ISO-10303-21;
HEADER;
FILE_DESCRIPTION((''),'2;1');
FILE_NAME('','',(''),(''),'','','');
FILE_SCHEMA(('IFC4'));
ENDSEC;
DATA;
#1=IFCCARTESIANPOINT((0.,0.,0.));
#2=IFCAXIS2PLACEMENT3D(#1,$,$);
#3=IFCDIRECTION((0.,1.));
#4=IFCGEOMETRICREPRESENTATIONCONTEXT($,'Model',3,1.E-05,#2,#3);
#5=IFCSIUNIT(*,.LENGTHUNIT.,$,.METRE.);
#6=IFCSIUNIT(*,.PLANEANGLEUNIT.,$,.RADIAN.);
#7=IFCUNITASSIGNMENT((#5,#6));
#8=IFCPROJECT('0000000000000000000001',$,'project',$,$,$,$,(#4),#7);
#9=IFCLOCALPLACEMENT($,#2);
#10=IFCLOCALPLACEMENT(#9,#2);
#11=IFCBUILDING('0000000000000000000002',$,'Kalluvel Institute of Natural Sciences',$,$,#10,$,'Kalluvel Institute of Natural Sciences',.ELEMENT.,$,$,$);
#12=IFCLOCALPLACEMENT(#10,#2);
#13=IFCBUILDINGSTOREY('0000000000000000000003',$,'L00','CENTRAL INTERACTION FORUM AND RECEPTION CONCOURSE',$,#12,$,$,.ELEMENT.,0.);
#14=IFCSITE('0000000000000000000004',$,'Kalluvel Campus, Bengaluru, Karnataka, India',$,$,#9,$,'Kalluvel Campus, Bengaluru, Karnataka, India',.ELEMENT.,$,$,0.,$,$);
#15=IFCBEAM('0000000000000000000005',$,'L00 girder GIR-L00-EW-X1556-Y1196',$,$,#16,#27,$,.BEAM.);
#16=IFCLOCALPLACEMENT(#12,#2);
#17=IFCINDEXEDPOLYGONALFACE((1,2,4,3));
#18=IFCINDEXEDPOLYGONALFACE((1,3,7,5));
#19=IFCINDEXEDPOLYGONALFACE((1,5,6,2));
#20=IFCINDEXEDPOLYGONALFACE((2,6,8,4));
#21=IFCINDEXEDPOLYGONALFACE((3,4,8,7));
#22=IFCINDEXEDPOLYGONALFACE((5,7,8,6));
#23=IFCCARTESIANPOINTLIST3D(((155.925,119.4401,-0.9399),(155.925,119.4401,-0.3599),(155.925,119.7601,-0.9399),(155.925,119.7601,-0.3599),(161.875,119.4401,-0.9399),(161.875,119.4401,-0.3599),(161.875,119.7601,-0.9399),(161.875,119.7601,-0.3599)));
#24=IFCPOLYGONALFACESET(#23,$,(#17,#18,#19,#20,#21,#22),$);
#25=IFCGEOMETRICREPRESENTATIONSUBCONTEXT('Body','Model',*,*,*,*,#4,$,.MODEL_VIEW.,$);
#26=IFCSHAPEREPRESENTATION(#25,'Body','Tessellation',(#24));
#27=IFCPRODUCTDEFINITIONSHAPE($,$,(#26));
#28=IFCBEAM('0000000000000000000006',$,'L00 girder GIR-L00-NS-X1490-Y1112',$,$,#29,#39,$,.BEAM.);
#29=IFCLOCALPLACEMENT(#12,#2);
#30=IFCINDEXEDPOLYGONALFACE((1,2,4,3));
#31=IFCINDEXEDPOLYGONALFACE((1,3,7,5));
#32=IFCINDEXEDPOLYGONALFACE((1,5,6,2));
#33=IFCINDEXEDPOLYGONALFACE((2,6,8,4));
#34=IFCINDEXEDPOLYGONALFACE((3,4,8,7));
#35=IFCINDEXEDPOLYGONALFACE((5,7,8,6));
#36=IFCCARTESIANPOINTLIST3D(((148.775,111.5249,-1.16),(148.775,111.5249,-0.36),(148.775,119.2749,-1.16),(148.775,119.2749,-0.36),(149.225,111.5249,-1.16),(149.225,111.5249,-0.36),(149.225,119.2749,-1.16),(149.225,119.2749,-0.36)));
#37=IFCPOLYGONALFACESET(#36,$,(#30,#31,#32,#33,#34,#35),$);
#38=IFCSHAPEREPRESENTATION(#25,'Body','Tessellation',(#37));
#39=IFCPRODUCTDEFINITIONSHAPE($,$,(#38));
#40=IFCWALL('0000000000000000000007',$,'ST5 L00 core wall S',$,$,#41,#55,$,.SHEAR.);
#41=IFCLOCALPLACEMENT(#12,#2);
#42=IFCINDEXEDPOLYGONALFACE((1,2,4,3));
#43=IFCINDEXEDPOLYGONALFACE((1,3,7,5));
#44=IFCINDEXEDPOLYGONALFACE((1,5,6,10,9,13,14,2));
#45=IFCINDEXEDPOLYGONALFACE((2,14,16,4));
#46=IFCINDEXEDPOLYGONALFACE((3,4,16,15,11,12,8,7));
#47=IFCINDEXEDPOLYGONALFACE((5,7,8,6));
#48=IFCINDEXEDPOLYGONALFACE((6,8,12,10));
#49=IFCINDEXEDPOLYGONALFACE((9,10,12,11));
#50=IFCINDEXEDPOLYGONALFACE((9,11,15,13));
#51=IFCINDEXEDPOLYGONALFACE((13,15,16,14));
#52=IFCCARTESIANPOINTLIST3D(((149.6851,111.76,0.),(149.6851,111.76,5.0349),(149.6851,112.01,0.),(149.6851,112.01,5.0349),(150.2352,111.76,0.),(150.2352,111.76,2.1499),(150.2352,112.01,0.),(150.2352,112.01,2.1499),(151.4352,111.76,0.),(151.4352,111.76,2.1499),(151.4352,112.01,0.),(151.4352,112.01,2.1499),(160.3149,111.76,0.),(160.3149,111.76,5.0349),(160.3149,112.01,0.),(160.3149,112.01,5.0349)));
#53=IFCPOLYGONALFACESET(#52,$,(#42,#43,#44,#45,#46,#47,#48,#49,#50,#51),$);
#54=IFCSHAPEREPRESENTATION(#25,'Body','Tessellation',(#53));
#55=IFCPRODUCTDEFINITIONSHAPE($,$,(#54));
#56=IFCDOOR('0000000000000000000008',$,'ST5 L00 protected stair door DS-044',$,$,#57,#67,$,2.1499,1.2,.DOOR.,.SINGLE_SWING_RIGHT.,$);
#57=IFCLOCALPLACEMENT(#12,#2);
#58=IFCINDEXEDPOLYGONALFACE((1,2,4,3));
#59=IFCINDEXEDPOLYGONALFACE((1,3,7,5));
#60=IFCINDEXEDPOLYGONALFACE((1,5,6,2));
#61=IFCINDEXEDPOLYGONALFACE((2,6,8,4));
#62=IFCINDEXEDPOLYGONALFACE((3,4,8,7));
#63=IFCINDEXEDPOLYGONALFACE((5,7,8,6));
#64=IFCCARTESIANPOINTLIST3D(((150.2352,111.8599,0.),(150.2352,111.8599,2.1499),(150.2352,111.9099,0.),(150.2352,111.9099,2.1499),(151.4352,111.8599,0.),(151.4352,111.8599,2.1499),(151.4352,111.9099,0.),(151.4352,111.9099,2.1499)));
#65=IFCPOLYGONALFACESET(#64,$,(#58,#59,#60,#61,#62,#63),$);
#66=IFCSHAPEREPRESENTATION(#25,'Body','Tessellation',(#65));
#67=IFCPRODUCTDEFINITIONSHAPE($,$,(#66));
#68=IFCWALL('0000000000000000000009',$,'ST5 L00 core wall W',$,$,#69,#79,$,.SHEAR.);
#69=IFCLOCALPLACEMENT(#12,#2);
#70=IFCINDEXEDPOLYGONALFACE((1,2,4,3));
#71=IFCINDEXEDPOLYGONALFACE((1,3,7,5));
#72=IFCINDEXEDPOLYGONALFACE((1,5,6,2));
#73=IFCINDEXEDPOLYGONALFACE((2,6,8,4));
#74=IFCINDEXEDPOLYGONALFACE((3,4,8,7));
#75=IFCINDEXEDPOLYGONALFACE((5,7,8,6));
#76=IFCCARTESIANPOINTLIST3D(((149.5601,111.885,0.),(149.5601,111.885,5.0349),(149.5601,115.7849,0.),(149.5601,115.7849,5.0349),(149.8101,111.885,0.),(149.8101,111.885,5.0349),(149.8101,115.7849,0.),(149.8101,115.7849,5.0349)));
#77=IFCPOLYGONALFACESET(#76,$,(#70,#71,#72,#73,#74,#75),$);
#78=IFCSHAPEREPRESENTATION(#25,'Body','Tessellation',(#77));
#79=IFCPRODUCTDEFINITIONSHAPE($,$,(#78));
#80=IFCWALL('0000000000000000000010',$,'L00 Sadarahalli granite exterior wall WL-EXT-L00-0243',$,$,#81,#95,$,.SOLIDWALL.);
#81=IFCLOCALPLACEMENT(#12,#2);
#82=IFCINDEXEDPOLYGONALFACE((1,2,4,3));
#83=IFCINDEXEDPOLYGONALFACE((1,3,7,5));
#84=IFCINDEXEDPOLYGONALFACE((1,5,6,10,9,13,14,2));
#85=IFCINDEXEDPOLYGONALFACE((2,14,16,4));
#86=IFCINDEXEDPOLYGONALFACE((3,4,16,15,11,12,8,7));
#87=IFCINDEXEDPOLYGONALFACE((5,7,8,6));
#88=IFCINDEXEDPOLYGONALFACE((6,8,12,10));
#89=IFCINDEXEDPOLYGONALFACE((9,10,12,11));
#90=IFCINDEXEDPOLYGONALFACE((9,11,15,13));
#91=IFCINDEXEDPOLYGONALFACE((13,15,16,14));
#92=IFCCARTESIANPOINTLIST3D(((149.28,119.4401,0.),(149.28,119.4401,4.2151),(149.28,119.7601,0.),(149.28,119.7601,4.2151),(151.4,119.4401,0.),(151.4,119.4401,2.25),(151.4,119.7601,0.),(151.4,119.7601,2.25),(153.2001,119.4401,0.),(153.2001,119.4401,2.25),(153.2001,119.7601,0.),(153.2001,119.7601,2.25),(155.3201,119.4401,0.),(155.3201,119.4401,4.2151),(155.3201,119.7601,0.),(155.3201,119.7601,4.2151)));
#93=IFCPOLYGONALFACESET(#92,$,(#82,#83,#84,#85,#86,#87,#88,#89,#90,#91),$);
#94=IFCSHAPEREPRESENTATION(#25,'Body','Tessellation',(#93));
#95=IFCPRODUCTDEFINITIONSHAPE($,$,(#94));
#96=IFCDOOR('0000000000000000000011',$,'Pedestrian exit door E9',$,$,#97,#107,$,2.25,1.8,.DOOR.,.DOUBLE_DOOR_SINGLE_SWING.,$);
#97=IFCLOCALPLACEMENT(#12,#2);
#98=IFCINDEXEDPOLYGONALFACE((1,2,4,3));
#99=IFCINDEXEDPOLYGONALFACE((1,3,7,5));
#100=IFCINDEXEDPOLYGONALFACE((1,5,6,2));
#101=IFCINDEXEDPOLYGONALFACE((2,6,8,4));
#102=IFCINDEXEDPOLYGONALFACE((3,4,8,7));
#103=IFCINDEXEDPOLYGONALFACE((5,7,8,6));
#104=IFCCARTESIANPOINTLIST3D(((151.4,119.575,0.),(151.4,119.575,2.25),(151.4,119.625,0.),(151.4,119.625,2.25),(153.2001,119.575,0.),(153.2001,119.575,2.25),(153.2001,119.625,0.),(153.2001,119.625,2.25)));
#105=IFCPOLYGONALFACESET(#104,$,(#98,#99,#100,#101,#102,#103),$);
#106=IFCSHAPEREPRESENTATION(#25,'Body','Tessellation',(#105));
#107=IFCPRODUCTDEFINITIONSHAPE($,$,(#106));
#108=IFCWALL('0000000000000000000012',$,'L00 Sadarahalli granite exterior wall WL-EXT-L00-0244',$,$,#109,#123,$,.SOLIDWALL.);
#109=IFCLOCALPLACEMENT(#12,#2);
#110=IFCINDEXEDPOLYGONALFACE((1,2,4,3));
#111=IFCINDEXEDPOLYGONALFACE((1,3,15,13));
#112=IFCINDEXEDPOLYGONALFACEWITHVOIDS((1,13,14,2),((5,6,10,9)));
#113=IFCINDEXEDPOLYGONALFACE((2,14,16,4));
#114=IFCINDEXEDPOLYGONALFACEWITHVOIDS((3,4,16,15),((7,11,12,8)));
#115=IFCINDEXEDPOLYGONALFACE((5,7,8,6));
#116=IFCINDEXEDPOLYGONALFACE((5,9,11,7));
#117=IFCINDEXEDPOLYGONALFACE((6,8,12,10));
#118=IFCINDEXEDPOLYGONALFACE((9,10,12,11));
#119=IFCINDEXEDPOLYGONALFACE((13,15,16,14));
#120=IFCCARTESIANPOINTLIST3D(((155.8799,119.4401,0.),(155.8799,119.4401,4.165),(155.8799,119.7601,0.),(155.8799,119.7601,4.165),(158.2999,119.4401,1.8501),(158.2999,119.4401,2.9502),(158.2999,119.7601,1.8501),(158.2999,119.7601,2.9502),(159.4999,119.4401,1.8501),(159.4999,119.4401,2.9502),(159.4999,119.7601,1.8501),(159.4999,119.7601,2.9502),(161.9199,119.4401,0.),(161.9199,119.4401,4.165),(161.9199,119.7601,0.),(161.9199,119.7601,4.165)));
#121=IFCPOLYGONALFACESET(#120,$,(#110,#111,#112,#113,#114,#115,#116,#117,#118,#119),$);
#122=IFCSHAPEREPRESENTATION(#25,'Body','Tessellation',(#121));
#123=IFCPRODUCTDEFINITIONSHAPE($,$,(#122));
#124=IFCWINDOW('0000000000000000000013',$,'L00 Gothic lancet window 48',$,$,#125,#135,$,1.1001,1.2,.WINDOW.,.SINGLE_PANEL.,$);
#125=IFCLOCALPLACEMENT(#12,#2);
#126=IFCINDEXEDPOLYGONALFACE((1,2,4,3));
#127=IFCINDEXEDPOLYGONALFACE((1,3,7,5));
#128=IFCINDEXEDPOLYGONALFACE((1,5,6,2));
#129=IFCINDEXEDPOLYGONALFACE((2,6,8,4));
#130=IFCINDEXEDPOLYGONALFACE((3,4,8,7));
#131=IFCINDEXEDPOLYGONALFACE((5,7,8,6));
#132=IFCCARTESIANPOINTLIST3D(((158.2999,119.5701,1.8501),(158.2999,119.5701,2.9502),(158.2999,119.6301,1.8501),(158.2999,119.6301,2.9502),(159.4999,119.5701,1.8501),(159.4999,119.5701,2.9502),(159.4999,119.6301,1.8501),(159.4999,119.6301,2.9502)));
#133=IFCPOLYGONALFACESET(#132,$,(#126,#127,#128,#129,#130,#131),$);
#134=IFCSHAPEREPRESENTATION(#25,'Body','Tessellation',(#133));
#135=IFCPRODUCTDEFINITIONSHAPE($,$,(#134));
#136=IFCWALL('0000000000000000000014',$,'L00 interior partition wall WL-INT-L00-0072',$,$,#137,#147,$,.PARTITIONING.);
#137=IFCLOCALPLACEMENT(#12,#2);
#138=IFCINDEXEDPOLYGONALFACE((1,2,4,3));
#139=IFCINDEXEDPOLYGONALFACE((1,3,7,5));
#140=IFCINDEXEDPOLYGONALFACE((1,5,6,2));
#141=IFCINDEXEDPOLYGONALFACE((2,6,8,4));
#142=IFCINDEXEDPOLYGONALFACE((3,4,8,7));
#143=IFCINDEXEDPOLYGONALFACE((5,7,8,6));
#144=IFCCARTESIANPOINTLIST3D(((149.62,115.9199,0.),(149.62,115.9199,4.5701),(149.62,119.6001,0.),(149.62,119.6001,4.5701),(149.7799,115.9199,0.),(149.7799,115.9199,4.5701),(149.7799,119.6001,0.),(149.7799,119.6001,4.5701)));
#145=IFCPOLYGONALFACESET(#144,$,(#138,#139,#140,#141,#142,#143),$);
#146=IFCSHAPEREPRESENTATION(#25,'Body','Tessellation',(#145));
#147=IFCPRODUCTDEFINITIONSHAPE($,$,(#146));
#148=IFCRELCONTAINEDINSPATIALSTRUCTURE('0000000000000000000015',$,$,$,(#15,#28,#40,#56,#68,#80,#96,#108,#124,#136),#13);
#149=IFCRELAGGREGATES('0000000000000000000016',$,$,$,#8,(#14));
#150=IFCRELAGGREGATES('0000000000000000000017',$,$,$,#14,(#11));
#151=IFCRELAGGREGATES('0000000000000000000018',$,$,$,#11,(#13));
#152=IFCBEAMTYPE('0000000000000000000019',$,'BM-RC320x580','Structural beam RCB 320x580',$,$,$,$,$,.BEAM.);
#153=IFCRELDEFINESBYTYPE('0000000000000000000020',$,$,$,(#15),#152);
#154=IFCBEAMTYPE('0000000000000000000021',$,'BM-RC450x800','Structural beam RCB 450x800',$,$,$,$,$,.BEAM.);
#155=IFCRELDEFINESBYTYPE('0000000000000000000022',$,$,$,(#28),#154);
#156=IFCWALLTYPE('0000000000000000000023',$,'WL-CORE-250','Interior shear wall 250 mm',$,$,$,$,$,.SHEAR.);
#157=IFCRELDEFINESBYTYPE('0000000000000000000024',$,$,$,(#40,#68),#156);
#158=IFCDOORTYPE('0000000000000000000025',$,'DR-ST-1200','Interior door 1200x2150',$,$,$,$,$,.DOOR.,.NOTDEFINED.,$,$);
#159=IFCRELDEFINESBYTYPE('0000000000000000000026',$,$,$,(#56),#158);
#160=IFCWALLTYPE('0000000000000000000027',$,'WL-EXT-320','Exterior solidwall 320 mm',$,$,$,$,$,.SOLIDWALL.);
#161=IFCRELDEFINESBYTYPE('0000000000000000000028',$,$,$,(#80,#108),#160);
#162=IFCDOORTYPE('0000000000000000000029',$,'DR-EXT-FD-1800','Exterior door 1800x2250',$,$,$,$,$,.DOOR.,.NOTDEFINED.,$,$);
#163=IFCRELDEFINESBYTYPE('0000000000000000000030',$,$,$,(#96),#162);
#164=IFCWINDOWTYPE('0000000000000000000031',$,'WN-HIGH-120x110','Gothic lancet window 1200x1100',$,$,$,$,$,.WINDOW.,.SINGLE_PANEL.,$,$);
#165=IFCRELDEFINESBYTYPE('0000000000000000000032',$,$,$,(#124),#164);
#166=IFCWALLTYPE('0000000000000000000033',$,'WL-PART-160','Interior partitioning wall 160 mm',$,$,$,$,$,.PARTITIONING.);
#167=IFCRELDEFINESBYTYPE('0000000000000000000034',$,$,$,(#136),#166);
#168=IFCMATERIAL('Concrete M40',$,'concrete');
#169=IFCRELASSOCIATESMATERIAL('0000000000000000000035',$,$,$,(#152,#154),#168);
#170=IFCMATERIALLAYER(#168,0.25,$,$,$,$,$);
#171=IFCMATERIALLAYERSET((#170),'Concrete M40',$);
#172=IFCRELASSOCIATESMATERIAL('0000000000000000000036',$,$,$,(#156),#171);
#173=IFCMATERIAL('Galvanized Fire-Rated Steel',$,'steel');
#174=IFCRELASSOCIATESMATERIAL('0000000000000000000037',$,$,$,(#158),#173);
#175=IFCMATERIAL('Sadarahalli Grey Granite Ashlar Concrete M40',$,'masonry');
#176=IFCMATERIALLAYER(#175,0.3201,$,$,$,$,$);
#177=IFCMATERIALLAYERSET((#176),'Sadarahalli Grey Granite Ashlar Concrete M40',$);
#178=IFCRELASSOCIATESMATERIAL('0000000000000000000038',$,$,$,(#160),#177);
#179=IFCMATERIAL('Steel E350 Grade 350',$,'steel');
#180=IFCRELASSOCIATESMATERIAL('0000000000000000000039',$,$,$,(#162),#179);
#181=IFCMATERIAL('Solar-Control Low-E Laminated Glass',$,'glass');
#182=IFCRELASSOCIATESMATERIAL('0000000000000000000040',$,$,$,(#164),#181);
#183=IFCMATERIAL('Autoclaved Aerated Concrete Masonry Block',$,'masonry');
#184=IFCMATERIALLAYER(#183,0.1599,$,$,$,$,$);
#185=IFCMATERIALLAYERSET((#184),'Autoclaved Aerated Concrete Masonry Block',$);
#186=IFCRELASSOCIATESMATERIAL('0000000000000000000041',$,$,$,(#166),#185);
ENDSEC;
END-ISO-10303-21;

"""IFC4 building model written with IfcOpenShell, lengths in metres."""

from ifc_helpers import new_model, si_unit, direction, frame, frame_2d, origin, origin_2d, place, context, subcontext, project, spatial, rectangle, extrude, material, layer, layer_set, material_profile, profile_set, type_object, element, fill, save


model = new_model("IFC4")

# Units and contexts
model_context = context("Model", 3, precision=1e-05, world=origin(), true_north=direction((0.0, 1.0)))
body_context = subcontext(model_context, "Body", "Model", "MODEL_VIEW")
ifc_project = project(units=[si_unit("LENGTHUNIT", "METRE"), si_unit("PLANEANGLEUNIT", "RADIAN")], contexts=[model_context])

# Site, building, storey
site_placement = place(None, origin())
site = spatial("IfcSite", under=ifc_project, at=site_placement, Name="Kalluvel Campus, Bengaluru, Karnataka, India", LongName="Kalluvel Campus, Bengaluru, Karnataka, India", CompositionType="ELEMENT", RefElevation=0.0)
building_placement = place(site_placement, origin())
building = spatial("IfcBuilding", under=site, at=building_placement, Name="Kalluvel Institute of Natural Sciences", LongName="Kalluvel Institute of Natural Sciences", CompositionType="ELEMENT")
storey_placement = place(building_placement, origin())
storey = spatial("IfcBuildingStorey", under=building, at=storey_placement, Name="L00", Description="CENTRAL INTERACTION FORUM AND RECEPTION CONCOURSE", CompositionType="ELEMENT", Elevation=0.0)

# Shared definitions
ifc_material_1 = material(Name="Concrete M40", Category="concrete")

# Beams
ifc_material_2 = material(Name="Steel E350 Grade 350", Category="steel")
ifc_material_profile_1 = material_profile(ifc_material_1, rectangle(XDim=0.3201, YDim=0.5801, at=origin_2d()), Name="RCB 320x580")
ifc_profile_set_1 = profile_set([ifc_material_profile_1], Name="Concrete M40")
beam_type_1 = type_object("IfcBeamType", Name="BM-RC320x580", Description="Structural beam RCB 320x580", PredefinedType="BEAM", material=ifc_profile_set_1)
for number, where, z_axis, x_axis, name in (
    (1, (155.925, 119.6001, -0.6499), (1.0, 0.0, 0.0), (0.0, 1.0, 0.0), "L00 girder GIR-L00-EW-X1556-Y1196"),
):
    element("IfcBeam", number, at=place(storey_placement, frame(where, z_axis=z_axis, x_axis=x_axis)), inside=storey, type_object=beam_type_1, Name=name, PredefinedType="BEAM", context=body_context, shape_type="SweptSolid", body=[
        extrude(rectangle(XDim=0.3201, YDim=0.5801, at=origin_2d()), origin(), (0.0, 0.0, 1.0), 5.95),
    ])
ifc_material_profile_2 = material_profile(ifc_material_1, rectangle(XDim=0.45, YDim=0.8, at=origin_2d()), Name="RCB 450x800")
ifc_profile_set_2 = profile_set([ifc_material_profile_2], Name="Concrete M40")
beam_type_2 = type_object("IfcBeamType", Name="BM-RC450x800", Description="Structural beam RCB 450x800", PredefinedType="BEAM", material=ifc_profile_set_2)
beam_1_placement = place(storey_placement, frame((149.0, 111.5249, -0.76), z_axis=(0.0, 1.0, 0.0), x_axis=(-1.0, 0.0, 0.0)))
element("IfcBeam", 2, at=beam_1_placement, inside=storey, type_object=beam_type_2, Name="L00 girder GIR-L00-NS-X1490-Y1112", PredefinedType="BEAM", context=body_context, shape_type="SweptSolid", body=[
    extrude(rectangle(XDim=0.45, YDim=0.8, at=origin_2d()), origin(), (0.0, 0.0, 1.0), 7.75),
])

# Wall, opening, door
ifc_layer_1 = layer(ifc_material_1, 0.25)
ifc_layer_set_1 = layer_set([ifc_layer_1], Name="Concrete M40")
wall_type_1 = type_object("IfcWallType", Name="WL-CORE-250", Description="Interior shear wall 250 mm", PredefinedType="SHEAR", material=ifc_layer_set_1)
wall_1_placement = place(storey_placement, frame((149.6851, 111.885, 0.0), z_axis=(0.0, 0.0, 1.0), x_axis=(1.0, 0.0, 0.0)))
wall_1 = element("IfcWall", 3, at=wall_1_placement, inside=storey, type_object=wall_type_1, Name="ST5 L00 core wall S", PredefinedType="SHEAR", context=body_context, shape_type="SweptSolid", body=[
    extrude(rectangle(XDim=10.6299, YDim=0.25, at=frame_2d((5.3149, 0.0))), origin(), (0.0, 0.0, 1.0), 5.0349),
])
opening_1_placement = place(wall_1_placement, frame((0.55, 0.0, 0.0)))
opening_1 = element("IfcOpeningElement", 4, at=opening_1_placement, cuts=wall_1, PredefinedType="OPENING", context=body_context, shape_type="SweptSolid", body=[
    extrude(rectangle(XDim=1.2, YDim=2.1499, at=frame_2d((0.6001, 1.075))), frame((0.0, 0.135, 0.0), z_axis=(0.0, -1.0, 0.0), x_axis=(1.0, 0.0, 0.0)), (0.0, 0.0, 1.0), 0.27),
])
ifc_material_3 = material(Name="Galvanized Fire-Rated Steel", Category="steel")
door_type_1 = type_object("IfcDoorType", Name="DR-ST-1200", Description="Interior door 1200x2150", OperationType="NOTDEFINED", PredefinedType="DOOR", material=ifc_material_3)
door_1_placement = place(opening_1_placement, origin())
door_1 = element("IfcDoor", 5, at=door_1_placement, inside=storey, type_object=door_type_1, Name="ST5 L00 protected stair door DS-044", OperationType="SINGLE_SWING_RIGHT", OverallHeight=2.1499, OverallWidth=1.2, PredefinedType="DOOR", context=body_context, shape_type="SweptSolid", body=[
    extrude(rectangle(XDim=1.2, YDim=2.1499, at=frame_2d((0.6001, 1.075))), frame((0.0, 0.0249, 0.0), z_axis=(0.0, -1.0, 0.0), x_axis=(1.0, 0.0, 0.0)), (0.0, 0.0, 1.0), 0.05),
])
fill(opening_1, door_1)

# Wall
wall_2_placement = place(storey_placement, frame((149.6851, 115.7849, 0.0), z_axis=(0.0, 0.0, 1.0), x_axis=(0.0, -1.0, 0.0)))
element("IfcWall", 6, at=wall_2_placement, inside=storey, type_object=wall_type_1, Name="ST5 L00 core wall W", PredefinedType="SHEAR", context=body_context, shape_type="SweptSolid", body=[
    extrude(rectangle(XDim=3.8999, YDim=0.25, at=frame_2d((1.95, 0.0))), origin(), (0.0, 0.0, 1.0), 5.0349),
])

# Wall, opening, door
ifc_material_4 = material(Name="Sadarahalli Grey Granite Ashlar Concrete M40", Category="masonry")
ifc_layer_2 = layer(ifc_material_4, 0.3201)
ifc_layer_set_2 = layer_set([ifc_layer_2], Name="Sadarahalli Grey Granite Ashlar Concrete M40")
wall_type_2 = type_object("IfcWallType", Name="WL-EXT-320", Description="Exterior solidwall 320 mm", PredefinedType="SOLIDWALL", material=ifc_layer_set_2)
wall_3_placement = place(storey_placement, frame((149.28, 119.6001, 0.0), z_axis=(0.0, 0.0, 1.0), x_axis=(1.0, 0.0, 0.0)))
wall_3 = element("IfcWall", 7, at=wall_3_placement, inside=storey, type_object=wall_type_2, Name="L00 Sadarahalli granite exterior wall WL-EXT-L00-0243", PredefinedType="SOLIDWALL", context=body_context, shape_type="SweptSolid", body=[
    extrude(rectangle(XDim=6.04, YDim=0.3201, at=frame_2d((3.02, 0.0))), origin(), (0.0, 0.0, 1.0), 4.2151),
])
opening_2_placement = place(wall_3_placement, frame((2.1201, 0.0, 0.0)))
opening_2 = element("IfcOpeningElement", 8, at=opening_2_placement, cuts=wall_3, PredefinedType="OPENING", context=body_context, shape_type="SweptSolid", body=[
    extrude(rectangle(XDim=1.8, YDim=2.25, at=frame_2d((0.8999, 1.125))), frame((0.0, 0.1699, 0.0), z_axis=(0.0, -1.0, 0.0), x_axis=(1.0, 0.0, 0.0)), (0.0, 0.0, 1.0), 0.3401),
])
door_type_2 = type_object("IfcDoorType", Name="DR-EXT-FD-1800", Description="Exterior door 1800x2250", OperationType="NOTDEFINED", PredefinedType="DOOR", material=ifc_material_2)
door_2_placement = place(opening_2_placement, origin())
door_2 = element("IfcDoor", 9, at=door_2_placement, inside=storey, type_object=door_type_2, Name="Pedestrian exit door E9", OperationType="DOUBLE_DOOR_SINGLE_SWING", OverallHeight=2.25, OverallWidth=1.8, PredefinedType="DOOR", context=body_context, shape_type="SweptSolid", body=[
    extrude(rectangle(XDim=1.8, YDim=2.25, at=frame_2d((0.8999, 1.125))), frame((0.0, 0.0249, 0.0), z_axis=(0.0, -1.0, 0.0), x_axis=(1.0, 0.0, 0.0)), (0.0, 0.0, 1.0), 0.05),
])
fill(opening_2, door_2)

# Wall, opening, window
wall_4_placement = place(storey_placement, frame((155.8799, 119.6001, 0.0), z_axis=(0.0, 0.0, 1.0), x_axis=(1.0, 0.0, 0.0)))
wall_4 = element("IfcWall", 10, at=wall_4_placement, inside=storey, type_object=wall_type_2, Name="L00 Sadarahalli granite exterior wall WL-EXT-L00-0244", PredefinedType="SOLIDWALL", context=body_context, shape_type="SweptSolid", body=[
    extrude(rectangle(XDim=6.04, YDim=0.3201, at=frame_2d((3.02, 0.0))), origin(), (0.0, 0.0, 1.0), 4.165),
])
opening_3_placement = place(wall_4_placement, frame((2.4199, 0.0, 1.8501)))
opening_3 = element("IfcOpeningElement", 11, at=opening_3_placement, cuts=wall_4, PredefinedType="OPENING", context=body_context, shape_type="SweptSolid", body=[
    extrude(rectangle(XDim=1.2, YDim=1.1001, at=frame_2d((0.6001, 0.55))), frame((0.0, 0.1699, 0.0), z_axis=(0.0, -1.0, 0.0), x_axis=(1.0, 0.0, 0.0)), (0.0, 0.0, 1.0), 0.3401),
])
ifc_material_5 = material(Name="Solar-Control Low-E Laminated Glass", Category="glass")
window_type = type_object("IfcWindowType", Name="WN-HIGH-120x110", Description="Gothic lancet window 1200x1100", PartitioningType="SINGLE_PANEL", PredefinedType="WINDOW", material=ifc_material_5)
window_placement = place(opening_3_placement, origin())
window = element("IfcWindow", 12, at=window_placement, inside=storey, type_object=window_type, Name="L00 Gothic lancet window 48", OverallHeight=1.1001, OverallWidth=1.2, PartitioningType="SINGLE_PANEL", PredefinedType="WINDOW", context=body_context, shape_type="SweptSolid", body=[
    extrude(rectangle(XDim=1.2, YDim=1.1001, at=frame_2d((0.6001, 0.55))), frame((0.0, 0.03, 0.0), z_axis=(0.0, -1.0, 0.0), x_axis=(1.0, 0.0, 0.0)), (0.0, 0.0, 1.0), 0.0601),
])
fill(opening_3, window)

# Wall
ifc_material_6 = material(Name="Autoclaved Aerated Concrete Masonry Block", Category="masonry")
ifc_layer_3 = layer(ifc_material_6, 0.1599)
ifc_layer_set_3 = layer_set([ifc_layer_3], Name="Autoclaved Aerated Concrete Masonry Block")
wall_type_3 = type_object("IfcWallType", Name="WL-PART-160", Description="Interior partitioning wall 160 mm", PredefinedType="PARTITIONING", material=ifc_layer_set_3)
wall_5_placement = place(storey_placement, frame((149.7, 115.9199, 0.0), z_axis=(0.0, 0.0, 1.0), x_axis=(0.0, 1.0, 0.0)))
element("IfcWall", 13, at=wall_5_placement, inside=storey, type_object=wall_type_3, Name="L00 interior partition wall WL-INT-L00-0072", PredefinedType="PARTITIONING", context=body_context, shape_type="SweptSolid", body=[
    extrude(rectangle(XDim=3.6802, YDim=0.1599, at=frame_2d((1.8401, 0.0))), origin(), (0.0, 0.0, 1.0), 4.5701),
])

save(model, "model.ifc")
